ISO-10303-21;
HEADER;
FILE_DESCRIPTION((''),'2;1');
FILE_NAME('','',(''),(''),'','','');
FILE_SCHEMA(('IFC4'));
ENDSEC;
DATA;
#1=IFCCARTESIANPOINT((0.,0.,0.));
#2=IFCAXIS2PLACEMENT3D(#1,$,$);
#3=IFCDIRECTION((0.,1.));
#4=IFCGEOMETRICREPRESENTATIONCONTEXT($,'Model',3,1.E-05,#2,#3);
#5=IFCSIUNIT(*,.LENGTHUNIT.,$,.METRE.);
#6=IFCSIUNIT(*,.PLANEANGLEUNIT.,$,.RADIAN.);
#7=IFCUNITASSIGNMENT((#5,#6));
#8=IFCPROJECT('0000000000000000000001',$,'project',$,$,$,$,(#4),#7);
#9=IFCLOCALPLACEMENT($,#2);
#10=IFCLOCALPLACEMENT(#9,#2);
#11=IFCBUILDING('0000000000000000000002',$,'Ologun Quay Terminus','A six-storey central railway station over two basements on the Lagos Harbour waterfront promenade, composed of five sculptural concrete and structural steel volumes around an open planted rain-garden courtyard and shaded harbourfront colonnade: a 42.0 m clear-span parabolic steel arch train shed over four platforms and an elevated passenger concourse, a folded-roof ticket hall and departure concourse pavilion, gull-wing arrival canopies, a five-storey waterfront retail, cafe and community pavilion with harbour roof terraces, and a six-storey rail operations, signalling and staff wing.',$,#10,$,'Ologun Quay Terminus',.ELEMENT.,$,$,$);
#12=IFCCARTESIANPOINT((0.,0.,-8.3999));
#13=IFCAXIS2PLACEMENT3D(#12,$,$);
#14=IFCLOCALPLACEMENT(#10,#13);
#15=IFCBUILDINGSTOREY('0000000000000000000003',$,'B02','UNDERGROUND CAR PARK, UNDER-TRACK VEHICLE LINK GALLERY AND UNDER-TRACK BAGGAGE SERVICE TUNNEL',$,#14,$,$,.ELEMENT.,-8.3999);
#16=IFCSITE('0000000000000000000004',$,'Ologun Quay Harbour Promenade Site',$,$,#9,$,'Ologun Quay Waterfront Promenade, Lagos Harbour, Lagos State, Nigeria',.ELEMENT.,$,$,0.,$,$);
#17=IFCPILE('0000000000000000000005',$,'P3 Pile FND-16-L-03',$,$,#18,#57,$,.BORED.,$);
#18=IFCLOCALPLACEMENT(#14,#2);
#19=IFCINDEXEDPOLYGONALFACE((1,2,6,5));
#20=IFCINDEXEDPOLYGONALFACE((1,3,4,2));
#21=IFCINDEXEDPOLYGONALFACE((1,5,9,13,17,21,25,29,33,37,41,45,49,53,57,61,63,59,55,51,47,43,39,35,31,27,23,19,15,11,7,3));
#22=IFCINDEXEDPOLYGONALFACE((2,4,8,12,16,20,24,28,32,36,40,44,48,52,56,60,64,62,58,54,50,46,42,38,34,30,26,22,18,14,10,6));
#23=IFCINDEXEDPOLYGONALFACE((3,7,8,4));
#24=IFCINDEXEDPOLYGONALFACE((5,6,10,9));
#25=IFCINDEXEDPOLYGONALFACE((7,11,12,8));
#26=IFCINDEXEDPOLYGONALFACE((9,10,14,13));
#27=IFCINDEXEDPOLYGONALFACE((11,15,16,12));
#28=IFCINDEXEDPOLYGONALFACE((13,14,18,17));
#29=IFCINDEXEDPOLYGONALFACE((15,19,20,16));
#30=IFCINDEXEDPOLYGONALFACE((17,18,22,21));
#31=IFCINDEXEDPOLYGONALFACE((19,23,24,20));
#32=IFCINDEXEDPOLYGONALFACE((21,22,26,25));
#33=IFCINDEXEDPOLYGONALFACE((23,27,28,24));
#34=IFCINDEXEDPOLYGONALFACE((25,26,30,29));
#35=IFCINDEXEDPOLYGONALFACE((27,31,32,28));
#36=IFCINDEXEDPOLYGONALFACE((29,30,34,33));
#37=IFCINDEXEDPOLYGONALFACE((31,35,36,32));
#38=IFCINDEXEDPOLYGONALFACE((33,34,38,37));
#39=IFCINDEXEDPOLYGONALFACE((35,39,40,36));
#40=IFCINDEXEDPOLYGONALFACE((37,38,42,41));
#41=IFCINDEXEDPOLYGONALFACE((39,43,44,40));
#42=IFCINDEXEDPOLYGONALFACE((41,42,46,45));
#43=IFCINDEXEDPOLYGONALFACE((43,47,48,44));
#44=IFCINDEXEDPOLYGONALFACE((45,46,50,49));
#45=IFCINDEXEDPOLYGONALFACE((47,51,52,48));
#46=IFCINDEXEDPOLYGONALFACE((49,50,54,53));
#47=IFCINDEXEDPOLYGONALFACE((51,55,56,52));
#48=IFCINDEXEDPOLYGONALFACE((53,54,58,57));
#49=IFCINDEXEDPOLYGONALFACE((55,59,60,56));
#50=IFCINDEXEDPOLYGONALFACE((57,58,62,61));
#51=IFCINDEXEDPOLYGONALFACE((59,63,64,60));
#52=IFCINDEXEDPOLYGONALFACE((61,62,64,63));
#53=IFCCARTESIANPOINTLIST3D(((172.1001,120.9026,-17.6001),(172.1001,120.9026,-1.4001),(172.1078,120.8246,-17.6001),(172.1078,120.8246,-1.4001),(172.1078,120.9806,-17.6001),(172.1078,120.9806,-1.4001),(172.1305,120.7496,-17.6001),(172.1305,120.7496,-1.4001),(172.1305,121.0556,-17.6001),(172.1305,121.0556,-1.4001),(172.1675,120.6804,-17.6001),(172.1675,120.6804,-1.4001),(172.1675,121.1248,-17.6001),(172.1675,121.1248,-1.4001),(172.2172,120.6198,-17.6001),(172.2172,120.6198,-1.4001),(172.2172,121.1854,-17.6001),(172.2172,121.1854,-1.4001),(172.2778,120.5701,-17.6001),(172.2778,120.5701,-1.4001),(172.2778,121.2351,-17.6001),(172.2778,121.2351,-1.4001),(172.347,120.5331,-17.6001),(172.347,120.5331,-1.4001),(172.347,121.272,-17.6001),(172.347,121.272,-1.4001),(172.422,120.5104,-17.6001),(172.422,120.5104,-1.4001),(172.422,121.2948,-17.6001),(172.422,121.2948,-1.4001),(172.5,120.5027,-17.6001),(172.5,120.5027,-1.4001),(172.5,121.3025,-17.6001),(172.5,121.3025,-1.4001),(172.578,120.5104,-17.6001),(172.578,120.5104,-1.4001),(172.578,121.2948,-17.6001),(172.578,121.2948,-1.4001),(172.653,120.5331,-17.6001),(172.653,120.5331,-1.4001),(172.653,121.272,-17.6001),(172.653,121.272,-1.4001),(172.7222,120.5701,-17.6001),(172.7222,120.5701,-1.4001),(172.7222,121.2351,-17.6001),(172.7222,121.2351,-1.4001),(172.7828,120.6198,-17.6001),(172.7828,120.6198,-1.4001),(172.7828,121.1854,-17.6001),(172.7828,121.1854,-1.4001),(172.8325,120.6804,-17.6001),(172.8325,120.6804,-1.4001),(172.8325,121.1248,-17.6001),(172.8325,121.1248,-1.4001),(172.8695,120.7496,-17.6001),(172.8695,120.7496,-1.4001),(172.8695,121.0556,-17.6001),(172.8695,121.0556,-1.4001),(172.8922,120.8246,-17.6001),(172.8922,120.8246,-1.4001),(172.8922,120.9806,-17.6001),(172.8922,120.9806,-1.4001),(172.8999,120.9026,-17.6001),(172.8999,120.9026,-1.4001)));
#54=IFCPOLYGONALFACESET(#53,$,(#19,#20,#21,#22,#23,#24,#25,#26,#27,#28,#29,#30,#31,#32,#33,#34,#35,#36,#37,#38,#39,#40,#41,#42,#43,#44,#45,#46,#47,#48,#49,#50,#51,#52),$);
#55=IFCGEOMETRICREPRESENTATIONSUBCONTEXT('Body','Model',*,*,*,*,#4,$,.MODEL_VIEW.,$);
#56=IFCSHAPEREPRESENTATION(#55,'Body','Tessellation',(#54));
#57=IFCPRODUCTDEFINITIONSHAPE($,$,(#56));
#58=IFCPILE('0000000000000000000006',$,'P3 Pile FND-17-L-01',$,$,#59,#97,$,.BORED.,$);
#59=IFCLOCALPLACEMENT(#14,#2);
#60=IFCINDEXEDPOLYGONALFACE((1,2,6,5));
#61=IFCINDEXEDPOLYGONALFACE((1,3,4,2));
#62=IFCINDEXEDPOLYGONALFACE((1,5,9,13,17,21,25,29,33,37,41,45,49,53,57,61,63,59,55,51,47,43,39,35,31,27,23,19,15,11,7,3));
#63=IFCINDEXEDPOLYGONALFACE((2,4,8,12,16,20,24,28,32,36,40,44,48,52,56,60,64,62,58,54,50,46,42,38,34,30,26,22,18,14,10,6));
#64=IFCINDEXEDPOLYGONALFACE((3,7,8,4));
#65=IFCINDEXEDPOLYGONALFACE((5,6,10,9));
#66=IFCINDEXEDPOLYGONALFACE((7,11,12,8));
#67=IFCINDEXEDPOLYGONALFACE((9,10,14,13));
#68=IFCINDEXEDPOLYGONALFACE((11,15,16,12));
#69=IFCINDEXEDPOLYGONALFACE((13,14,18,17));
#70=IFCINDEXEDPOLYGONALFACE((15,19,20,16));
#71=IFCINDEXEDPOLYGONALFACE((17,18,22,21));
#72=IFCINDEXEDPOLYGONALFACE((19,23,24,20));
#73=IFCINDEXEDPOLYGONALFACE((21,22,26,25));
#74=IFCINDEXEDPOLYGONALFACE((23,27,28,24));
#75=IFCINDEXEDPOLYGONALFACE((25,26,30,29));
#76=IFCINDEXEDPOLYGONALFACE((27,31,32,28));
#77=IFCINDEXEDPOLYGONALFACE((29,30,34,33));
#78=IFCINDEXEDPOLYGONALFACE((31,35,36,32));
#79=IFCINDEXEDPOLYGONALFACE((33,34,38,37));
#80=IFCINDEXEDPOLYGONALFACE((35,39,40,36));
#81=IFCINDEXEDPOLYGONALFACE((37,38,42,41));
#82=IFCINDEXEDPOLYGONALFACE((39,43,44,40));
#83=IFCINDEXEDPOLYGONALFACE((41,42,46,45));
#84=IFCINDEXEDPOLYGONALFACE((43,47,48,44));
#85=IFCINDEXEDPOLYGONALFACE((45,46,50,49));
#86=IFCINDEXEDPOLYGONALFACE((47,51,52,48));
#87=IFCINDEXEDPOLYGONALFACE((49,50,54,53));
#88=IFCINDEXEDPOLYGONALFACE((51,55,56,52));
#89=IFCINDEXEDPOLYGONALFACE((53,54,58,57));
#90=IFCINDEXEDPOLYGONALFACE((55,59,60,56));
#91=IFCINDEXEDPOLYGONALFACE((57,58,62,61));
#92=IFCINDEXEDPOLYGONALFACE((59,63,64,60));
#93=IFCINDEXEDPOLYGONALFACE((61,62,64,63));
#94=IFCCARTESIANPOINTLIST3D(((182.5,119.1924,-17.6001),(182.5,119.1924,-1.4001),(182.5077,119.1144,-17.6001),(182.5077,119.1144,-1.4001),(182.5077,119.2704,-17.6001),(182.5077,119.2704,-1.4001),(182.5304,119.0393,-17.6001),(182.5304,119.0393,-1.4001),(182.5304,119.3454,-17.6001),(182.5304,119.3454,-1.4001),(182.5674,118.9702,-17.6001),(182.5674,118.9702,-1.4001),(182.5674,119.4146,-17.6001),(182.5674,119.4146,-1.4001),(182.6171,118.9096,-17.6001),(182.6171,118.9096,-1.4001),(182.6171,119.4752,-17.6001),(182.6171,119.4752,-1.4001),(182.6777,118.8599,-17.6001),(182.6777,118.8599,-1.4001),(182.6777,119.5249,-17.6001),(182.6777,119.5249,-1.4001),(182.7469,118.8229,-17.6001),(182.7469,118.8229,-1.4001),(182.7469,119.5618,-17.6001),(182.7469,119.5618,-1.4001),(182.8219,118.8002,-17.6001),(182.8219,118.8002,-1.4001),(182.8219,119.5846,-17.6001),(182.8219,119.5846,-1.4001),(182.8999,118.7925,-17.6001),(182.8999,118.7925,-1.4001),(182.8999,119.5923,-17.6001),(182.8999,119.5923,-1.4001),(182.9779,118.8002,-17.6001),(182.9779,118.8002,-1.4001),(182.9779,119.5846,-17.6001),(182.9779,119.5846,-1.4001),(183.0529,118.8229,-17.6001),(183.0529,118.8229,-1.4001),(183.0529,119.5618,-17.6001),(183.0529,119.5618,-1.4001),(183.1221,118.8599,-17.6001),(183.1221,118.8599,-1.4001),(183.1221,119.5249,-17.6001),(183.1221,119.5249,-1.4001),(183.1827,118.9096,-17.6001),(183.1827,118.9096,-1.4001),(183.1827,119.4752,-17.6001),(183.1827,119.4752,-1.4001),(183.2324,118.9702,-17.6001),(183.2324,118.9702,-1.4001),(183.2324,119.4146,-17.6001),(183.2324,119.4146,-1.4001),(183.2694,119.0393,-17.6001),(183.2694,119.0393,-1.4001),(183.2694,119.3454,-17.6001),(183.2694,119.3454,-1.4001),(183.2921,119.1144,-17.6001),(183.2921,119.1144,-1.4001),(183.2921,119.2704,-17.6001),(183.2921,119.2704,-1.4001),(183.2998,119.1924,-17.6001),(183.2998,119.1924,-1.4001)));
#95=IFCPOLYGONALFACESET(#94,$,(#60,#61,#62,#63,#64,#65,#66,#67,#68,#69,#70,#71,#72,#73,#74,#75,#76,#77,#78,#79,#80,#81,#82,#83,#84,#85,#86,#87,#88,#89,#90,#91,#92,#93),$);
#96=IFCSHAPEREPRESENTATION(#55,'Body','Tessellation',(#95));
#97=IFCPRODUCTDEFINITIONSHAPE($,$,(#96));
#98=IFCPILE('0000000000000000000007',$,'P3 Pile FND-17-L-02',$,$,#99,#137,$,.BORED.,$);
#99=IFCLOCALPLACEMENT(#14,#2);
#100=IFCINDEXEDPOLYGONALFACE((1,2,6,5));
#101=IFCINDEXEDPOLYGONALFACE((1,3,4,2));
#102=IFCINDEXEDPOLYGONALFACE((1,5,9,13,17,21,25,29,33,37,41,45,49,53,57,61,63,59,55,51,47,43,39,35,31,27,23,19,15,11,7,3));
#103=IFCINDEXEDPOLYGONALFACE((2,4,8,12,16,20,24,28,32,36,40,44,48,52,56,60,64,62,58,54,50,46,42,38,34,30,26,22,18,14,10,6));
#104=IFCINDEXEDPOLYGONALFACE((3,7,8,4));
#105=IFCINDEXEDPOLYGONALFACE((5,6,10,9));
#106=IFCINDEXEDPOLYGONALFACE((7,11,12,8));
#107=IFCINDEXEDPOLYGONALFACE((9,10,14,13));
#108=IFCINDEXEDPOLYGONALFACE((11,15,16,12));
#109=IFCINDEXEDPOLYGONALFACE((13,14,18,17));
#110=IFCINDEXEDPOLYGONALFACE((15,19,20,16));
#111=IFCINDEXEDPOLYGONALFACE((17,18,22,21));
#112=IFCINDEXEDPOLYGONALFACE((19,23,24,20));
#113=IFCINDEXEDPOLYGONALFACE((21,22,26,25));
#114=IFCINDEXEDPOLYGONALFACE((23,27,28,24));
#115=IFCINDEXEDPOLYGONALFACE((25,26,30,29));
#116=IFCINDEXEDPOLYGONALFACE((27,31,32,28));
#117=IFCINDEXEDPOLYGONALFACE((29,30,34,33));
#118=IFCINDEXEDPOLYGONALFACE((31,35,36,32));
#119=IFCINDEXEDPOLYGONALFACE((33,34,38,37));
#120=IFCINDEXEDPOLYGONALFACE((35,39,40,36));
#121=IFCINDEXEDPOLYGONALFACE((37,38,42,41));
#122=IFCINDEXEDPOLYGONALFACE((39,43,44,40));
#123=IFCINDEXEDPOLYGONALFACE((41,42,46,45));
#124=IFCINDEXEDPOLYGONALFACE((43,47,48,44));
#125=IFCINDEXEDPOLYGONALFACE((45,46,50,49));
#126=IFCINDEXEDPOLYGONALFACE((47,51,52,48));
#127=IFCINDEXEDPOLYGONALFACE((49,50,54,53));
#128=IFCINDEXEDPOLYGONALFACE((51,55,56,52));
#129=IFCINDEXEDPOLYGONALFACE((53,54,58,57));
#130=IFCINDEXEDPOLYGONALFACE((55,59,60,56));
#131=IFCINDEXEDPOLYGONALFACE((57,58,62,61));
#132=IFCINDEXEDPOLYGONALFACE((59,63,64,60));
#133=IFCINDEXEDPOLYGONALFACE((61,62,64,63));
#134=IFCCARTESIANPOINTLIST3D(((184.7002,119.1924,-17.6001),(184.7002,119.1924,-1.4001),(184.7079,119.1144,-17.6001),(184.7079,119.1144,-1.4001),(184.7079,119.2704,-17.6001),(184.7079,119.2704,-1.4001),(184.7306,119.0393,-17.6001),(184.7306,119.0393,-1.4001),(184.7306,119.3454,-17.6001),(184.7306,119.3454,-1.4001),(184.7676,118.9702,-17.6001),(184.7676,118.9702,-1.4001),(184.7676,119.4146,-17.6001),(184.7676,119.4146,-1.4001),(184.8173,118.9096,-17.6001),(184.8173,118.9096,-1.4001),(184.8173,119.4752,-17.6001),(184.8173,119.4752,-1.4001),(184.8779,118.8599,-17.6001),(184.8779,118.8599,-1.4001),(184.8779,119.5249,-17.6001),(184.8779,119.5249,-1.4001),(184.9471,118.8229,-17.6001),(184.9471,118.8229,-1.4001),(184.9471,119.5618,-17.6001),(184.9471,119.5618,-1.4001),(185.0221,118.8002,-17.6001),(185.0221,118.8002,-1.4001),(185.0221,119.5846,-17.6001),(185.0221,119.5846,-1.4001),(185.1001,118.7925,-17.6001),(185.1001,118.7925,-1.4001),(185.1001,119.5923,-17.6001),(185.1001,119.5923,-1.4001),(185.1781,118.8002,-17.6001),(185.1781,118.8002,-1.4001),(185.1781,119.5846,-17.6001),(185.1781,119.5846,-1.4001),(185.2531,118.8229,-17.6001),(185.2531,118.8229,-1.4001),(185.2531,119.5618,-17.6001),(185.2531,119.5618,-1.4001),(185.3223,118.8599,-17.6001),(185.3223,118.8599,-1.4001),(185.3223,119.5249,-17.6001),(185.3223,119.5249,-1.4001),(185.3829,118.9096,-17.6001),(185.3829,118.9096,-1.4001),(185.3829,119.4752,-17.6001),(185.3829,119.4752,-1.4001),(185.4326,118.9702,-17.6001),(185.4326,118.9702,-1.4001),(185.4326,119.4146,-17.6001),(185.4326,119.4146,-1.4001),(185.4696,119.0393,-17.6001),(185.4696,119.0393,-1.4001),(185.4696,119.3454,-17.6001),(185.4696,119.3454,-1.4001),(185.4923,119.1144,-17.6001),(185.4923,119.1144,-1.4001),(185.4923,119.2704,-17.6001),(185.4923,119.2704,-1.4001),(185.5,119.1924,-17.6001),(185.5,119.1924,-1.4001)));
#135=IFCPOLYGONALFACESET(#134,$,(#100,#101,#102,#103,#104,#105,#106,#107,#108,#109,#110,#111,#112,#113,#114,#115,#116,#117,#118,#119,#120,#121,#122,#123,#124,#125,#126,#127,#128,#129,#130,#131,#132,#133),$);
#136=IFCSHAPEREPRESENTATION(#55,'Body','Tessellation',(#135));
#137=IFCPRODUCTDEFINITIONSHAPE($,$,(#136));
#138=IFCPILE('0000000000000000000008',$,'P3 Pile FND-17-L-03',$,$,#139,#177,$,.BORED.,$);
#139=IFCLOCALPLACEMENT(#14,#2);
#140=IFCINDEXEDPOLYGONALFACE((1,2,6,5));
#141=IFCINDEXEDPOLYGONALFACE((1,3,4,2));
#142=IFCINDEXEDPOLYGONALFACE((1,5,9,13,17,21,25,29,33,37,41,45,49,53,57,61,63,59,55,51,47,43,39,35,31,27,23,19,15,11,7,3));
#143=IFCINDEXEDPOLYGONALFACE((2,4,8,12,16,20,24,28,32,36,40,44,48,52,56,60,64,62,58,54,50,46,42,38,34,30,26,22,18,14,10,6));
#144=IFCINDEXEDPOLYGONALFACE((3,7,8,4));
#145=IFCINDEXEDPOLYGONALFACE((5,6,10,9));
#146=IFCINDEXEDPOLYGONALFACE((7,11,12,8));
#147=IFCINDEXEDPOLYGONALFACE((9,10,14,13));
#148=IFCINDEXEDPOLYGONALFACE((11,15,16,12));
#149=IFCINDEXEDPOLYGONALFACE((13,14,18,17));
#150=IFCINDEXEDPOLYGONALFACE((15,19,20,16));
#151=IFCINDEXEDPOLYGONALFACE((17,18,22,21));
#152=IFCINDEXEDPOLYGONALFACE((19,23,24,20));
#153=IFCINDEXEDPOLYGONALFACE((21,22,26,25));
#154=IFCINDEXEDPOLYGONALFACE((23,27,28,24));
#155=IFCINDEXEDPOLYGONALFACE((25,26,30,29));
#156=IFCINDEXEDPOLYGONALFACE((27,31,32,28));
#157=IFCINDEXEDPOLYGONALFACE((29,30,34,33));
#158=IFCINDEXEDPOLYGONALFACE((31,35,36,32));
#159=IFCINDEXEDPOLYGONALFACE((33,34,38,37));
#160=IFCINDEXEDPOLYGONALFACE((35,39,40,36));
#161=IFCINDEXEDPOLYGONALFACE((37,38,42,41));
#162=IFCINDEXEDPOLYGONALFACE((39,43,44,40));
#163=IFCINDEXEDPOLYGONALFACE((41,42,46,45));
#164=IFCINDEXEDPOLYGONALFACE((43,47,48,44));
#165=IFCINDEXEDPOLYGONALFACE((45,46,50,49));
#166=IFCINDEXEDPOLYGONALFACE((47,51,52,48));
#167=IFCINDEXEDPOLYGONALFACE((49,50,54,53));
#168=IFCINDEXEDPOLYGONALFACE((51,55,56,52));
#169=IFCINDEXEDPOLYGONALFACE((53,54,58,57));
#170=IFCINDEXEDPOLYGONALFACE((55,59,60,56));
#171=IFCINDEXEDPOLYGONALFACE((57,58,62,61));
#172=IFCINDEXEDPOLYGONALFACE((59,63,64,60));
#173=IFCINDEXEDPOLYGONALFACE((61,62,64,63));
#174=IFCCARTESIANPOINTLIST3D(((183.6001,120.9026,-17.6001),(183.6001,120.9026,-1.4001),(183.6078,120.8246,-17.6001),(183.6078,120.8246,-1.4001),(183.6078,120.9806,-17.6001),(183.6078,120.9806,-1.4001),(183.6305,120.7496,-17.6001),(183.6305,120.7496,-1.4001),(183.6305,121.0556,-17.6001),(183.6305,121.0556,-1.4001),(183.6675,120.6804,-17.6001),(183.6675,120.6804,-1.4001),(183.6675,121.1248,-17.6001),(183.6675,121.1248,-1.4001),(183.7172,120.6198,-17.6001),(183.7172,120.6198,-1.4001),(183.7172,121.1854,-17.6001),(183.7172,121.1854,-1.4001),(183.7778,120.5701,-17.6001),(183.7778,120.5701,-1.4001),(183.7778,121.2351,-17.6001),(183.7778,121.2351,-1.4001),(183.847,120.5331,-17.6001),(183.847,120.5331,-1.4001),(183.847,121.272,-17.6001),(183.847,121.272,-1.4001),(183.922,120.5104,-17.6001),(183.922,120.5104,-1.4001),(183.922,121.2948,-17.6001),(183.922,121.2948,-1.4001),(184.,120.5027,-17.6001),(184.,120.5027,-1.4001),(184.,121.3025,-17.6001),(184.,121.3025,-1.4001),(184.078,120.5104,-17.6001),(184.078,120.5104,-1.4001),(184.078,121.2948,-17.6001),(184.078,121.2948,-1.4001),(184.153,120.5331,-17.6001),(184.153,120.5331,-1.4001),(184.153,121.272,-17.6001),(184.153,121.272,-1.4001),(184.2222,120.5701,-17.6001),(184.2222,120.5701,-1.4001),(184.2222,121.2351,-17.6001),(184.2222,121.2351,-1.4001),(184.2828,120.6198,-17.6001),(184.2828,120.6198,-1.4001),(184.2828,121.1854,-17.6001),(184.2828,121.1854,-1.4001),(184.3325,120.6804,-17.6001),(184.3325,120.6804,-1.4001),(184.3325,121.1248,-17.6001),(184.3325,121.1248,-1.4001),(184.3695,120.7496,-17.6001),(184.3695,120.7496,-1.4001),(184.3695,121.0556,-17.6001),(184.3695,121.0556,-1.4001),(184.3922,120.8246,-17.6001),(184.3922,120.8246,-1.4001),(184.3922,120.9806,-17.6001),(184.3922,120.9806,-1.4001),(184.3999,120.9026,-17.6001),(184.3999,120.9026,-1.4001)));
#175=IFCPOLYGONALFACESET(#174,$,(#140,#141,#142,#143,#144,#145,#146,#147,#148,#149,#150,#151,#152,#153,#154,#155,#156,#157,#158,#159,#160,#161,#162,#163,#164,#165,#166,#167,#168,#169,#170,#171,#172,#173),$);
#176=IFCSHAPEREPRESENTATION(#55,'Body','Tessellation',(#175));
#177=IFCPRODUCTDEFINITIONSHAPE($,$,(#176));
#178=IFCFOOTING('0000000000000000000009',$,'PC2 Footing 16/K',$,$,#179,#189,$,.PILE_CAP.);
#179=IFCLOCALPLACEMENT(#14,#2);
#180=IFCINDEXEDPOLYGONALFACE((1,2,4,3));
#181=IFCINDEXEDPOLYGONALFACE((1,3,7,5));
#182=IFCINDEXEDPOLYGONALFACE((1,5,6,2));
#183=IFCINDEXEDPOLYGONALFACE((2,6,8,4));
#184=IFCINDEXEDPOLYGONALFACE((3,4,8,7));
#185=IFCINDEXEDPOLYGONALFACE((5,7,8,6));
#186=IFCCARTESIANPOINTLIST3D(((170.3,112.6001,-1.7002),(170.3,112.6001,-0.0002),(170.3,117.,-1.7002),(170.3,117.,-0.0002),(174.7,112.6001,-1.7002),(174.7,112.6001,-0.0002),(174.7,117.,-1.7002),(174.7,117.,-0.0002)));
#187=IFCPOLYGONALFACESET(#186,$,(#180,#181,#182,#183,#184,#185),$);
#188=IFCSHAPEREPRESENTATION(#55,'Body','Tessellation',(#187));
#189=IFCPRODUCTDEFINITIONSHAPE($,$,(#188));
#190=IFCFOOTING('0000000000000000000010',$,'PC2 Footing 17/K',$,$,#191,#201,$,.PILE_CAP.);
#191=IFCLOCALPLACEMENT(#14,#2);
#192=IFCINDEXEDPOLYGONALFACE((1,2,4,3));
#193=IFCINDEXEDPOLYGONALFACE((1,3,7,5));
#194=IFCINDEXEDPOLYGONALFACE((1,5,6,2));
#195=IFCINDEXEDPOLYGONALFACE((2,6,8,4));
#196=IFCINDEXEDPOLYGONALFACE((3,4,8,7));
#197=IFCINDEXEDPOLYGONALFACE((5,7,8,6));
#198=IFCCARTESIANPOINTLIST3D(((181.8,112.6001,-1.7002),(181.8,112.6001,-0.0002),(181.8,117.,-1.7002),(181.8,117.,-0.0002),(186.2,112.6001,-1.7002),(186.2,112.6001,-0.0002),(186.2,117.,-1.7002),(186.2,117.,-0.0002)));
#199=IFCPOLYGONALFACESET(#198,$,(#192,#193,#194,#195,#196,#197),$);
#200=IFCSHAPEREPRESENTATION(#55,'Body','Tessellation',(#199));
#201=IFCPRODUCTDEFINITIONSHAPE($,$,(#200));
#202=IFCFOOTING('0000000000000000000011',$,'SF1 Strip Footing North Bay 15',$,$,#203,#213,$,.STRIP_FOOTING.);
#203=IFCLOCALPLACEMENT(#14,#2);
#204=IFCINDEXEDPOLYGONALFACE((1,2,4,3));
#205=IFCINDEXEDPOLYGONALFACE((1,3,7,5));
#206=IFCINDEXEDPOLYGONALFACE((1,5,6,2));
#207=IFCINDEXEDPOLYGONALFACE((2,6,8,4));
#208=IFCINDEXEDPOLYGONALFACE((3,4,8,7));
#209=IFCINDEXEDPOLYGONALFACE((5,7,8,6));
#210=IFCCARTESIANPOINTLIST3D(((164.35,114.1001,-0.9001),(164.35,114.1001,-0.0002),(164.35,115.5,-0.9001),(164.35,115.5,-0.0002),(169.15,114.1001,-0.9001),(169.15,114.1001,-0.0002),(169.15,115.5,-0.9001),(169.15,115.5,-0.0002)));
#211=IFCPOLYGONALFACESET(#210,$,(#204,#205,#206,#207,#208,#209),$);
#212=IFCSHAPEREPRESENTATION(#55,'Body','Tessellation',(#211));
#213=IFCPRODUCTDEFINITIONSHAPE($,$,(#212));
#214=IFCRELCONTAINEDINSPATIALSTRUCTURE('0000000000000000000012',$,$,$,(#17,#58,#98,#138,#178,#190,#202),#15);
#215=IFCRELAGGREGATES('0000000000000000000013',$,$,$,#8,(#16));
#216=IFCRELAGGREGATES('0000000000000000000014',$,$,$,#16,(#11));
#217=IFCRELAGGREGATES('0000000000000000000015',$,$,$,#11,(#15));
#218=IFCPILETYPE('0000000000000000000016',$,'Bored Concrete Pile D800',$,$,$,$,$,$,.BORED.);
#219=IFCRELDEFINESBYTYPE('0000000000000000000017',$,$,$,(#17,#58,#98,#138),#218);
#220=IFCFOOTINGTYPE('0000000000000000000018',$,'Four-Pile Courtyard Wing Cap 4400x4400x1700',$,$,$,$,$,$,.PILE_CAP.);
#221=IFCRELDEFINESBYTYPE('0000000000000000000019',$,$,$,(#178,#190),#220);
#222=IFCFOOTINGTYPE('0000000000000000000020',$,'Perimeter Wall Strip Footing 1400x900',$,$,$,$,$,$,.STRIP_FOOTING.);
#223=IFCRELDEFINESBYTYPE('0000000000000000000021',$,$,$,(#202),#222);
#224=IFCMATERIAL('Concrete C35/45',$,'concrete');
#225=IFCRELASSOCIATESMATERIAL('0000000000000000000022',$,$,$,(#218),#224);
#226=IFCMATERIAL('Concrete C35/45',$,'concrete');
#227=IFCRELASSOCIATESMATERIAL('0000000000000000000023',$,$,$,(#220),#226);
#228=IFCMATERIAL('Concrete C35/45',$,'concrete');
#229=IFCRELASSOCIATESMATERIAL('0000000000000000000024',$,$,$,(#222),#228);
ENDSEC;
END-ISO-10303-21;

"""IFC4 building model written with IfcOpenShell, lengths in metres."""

from ifc_helpers import new_model, si_unit, direction, frame, origin, origin_2d, place, context, subcontext, project, spatial, rectangle, circle, extrude, material, material_profile, profile_set, type_object, element, save


model = new_model("IFC4")

# Units and contexts
model_context = context("Model", 3, precision=1e-05, world=origin(), true_north=direction((0.0, 1.0)))
body_context = subcontext(model_context, "Body", "Model", "MODEL_VIEW")
ifc_project = project(units=[si_unit("LENGTHUNIT", "METRE"), si_unit("PLANEANGLEUNIT", "RADIAN")], contexts=[model_context])

# Site, building, storey
site_placement = place(None, origin())
site = spatial("IfcSite", under=ifc_project, at=site_placement, Name="Ologun Quay Harbour Promenade Site", LongName="Ologun Quay Waterfront Promenade, Lagos Harbour, Lagos State, Nigeria", CompositionType="ELEMENT", RefElevation=0.0)
building_placement = place(site_placement, origin())
building = spatial("IfcBuilding", under=site, at=building_placement, Name="Ologun Quay Terminus", Description="A six-storey central railway station over two basements on the Lagos Harbour waterfront promenade, composed of five sculptural concrete and structural steel volumes around an open planted rain-garden courtyard and shaded harbourfront colonnade: a 42.0 m clear-span parabolic steel arch train shed over four platforms and an elevated passenger concourse, a folded-roof ticket hall and departure concourse pavilion, gull-wing arrival canopies, a five-storey waterfront retail, cafe and community pavilion with harbour roof terraces, and a six-storey rail operations, signalling and staff wing.", LongName="Ologun Quay Terminus", CompositionType="ELEMENT")
storey_placement = place(building_placement, frame((0.0, 0.0, -8.3999)))
storey = spatial("IfcBuildingStorey", under=building, at=storey_placement, Name="B02", Description="UNDERGROUND CAR PARK, UNDER-TRACK VEHICLE LINK GALLERY AND UNDER-TRACK BAGGAGE SERVICE TUNNEL", CompositionType="ELEMENT", Elevation=-8.3999)

# Piles
ifc_material_1 = material(Name="Concrete C35/45", Category="concrete")
ifc_material_profile_1 = material_profile(ifc_material_1, circle(Radius=0.3999, at=origin_2d()), Name="PILE D800")
ifc_profile_set_1 = profile_set([ifc_material_profile_1], Name="Concrete C35/45")
pile_type_1 = type_object("IfcPileType", Name="Bored Concrete Pile D800", PredefinedType="BORED", material=ifc_profile_set_1)
for number, where, z_axis, x_axis, name in (
    (1, (172.5, 120.9026, -1.4001), (0.0, 0.0, -1.0), (1.0, 0.0, 0.0), "P3 Pile FND-16-L-03"),
    (2, (182.8999, 119.1924, -1.4001), (0.0, 0.0, -1.0), (1.0, 0.0, 0.0), "P3 Pile FND-17-L-01"),
    (3, (185.1001, 119.1924, -1.4001), (0.0, 0.0, -1.0), (1.0, 0.0, 0.0), "P3 Pile FND-17-L-02"),
    (4, (184.0, 120.9026, -1.4001), (0.0, 0.0, -1.0), (1.0, 0.0, 0.0), "P3 Pile FND-17-L-03"),
):
    element("IfcPile", number, at=place(storey_placement, frame(where, z_axis=z_axis, x_axis=x_axis)), inside=storey, type_object=pile_type_1, Name=name, PredefinedType="BORED", context=body_context, shape_type="SweptSolid", body=[
        extrude(circle(Radius=0.3999, at=origin_2d()), origin(), (0.0, 0.0, 1.0), 16.2),
    ])

# Footings
ifc_material_2 = material(Name="Concrete C35/45", Category="concrete")
footing_type_1 = type_object("IfcFootingType", Name="Four-Pile Courtyard Wing Cap 4400x4400x1700", PredefinedType="PILE_CAP", material=ifc_material_2)
for number, where, z_axis, x_axis, name in (
    (5, (172.5, 114.8, -1.7002), (0.0, 0.0, 1.0), (1.0, 0.0, 0.0), "PC2 Footing 16/K"),
    (6, (184.0, 114.8, -1.7002), (0.0, 0.0, 1.0), (1.0, 0.0, 0.0), "PC2 Footing 17/K"),
):
    element("IfcFooting", number, at=place(storey_placement, frame(where, z_axis=z_axis, x_axis=x_axis)), inside=storey, type_object=footing_type_1, Name=name, PredefinedType="PILE_CAP", context=body_context, shape_type="SweptSolid", body=[
        extrude(rectangle(XDim=4.3999, YDim=4.3999, at=origin_2d()), origin(), (0.0, 0.0, 1.0), 1.7),
    ])
ifc_material_3 = material(Name="Concrete C35/45", Category="concrete")
footing_type_2 = type_object("IfcFootingType", Name="Perimeter Wall Strip Footing 1400x900", PredefinedType="STRIP_FOOTING", material=ifc_material_3)
footing_1_placement = place(storey_placement, frame((166.75, 114.8, -0.9001), z_axis=(0.0, 0.0, 1.0), x_axis=(1.0, 0.0, 0.0)))
element("IfcFooting", 7, at=footing_1_placement, inside=storey, type_object=footing_type_2, Name="SF1 Strip Footing North Bay 15", PredefinedType="STRIP_FOOTING", context=body_context, shape_type="SweptSolid", body=[
    extrude(rectangle(XDim=4.8, YDim=1.3999, at=origin_2d()), origin(), (0.0, 0.0, 1.0), 0.8999),
])

save(model, "model.ifc")
